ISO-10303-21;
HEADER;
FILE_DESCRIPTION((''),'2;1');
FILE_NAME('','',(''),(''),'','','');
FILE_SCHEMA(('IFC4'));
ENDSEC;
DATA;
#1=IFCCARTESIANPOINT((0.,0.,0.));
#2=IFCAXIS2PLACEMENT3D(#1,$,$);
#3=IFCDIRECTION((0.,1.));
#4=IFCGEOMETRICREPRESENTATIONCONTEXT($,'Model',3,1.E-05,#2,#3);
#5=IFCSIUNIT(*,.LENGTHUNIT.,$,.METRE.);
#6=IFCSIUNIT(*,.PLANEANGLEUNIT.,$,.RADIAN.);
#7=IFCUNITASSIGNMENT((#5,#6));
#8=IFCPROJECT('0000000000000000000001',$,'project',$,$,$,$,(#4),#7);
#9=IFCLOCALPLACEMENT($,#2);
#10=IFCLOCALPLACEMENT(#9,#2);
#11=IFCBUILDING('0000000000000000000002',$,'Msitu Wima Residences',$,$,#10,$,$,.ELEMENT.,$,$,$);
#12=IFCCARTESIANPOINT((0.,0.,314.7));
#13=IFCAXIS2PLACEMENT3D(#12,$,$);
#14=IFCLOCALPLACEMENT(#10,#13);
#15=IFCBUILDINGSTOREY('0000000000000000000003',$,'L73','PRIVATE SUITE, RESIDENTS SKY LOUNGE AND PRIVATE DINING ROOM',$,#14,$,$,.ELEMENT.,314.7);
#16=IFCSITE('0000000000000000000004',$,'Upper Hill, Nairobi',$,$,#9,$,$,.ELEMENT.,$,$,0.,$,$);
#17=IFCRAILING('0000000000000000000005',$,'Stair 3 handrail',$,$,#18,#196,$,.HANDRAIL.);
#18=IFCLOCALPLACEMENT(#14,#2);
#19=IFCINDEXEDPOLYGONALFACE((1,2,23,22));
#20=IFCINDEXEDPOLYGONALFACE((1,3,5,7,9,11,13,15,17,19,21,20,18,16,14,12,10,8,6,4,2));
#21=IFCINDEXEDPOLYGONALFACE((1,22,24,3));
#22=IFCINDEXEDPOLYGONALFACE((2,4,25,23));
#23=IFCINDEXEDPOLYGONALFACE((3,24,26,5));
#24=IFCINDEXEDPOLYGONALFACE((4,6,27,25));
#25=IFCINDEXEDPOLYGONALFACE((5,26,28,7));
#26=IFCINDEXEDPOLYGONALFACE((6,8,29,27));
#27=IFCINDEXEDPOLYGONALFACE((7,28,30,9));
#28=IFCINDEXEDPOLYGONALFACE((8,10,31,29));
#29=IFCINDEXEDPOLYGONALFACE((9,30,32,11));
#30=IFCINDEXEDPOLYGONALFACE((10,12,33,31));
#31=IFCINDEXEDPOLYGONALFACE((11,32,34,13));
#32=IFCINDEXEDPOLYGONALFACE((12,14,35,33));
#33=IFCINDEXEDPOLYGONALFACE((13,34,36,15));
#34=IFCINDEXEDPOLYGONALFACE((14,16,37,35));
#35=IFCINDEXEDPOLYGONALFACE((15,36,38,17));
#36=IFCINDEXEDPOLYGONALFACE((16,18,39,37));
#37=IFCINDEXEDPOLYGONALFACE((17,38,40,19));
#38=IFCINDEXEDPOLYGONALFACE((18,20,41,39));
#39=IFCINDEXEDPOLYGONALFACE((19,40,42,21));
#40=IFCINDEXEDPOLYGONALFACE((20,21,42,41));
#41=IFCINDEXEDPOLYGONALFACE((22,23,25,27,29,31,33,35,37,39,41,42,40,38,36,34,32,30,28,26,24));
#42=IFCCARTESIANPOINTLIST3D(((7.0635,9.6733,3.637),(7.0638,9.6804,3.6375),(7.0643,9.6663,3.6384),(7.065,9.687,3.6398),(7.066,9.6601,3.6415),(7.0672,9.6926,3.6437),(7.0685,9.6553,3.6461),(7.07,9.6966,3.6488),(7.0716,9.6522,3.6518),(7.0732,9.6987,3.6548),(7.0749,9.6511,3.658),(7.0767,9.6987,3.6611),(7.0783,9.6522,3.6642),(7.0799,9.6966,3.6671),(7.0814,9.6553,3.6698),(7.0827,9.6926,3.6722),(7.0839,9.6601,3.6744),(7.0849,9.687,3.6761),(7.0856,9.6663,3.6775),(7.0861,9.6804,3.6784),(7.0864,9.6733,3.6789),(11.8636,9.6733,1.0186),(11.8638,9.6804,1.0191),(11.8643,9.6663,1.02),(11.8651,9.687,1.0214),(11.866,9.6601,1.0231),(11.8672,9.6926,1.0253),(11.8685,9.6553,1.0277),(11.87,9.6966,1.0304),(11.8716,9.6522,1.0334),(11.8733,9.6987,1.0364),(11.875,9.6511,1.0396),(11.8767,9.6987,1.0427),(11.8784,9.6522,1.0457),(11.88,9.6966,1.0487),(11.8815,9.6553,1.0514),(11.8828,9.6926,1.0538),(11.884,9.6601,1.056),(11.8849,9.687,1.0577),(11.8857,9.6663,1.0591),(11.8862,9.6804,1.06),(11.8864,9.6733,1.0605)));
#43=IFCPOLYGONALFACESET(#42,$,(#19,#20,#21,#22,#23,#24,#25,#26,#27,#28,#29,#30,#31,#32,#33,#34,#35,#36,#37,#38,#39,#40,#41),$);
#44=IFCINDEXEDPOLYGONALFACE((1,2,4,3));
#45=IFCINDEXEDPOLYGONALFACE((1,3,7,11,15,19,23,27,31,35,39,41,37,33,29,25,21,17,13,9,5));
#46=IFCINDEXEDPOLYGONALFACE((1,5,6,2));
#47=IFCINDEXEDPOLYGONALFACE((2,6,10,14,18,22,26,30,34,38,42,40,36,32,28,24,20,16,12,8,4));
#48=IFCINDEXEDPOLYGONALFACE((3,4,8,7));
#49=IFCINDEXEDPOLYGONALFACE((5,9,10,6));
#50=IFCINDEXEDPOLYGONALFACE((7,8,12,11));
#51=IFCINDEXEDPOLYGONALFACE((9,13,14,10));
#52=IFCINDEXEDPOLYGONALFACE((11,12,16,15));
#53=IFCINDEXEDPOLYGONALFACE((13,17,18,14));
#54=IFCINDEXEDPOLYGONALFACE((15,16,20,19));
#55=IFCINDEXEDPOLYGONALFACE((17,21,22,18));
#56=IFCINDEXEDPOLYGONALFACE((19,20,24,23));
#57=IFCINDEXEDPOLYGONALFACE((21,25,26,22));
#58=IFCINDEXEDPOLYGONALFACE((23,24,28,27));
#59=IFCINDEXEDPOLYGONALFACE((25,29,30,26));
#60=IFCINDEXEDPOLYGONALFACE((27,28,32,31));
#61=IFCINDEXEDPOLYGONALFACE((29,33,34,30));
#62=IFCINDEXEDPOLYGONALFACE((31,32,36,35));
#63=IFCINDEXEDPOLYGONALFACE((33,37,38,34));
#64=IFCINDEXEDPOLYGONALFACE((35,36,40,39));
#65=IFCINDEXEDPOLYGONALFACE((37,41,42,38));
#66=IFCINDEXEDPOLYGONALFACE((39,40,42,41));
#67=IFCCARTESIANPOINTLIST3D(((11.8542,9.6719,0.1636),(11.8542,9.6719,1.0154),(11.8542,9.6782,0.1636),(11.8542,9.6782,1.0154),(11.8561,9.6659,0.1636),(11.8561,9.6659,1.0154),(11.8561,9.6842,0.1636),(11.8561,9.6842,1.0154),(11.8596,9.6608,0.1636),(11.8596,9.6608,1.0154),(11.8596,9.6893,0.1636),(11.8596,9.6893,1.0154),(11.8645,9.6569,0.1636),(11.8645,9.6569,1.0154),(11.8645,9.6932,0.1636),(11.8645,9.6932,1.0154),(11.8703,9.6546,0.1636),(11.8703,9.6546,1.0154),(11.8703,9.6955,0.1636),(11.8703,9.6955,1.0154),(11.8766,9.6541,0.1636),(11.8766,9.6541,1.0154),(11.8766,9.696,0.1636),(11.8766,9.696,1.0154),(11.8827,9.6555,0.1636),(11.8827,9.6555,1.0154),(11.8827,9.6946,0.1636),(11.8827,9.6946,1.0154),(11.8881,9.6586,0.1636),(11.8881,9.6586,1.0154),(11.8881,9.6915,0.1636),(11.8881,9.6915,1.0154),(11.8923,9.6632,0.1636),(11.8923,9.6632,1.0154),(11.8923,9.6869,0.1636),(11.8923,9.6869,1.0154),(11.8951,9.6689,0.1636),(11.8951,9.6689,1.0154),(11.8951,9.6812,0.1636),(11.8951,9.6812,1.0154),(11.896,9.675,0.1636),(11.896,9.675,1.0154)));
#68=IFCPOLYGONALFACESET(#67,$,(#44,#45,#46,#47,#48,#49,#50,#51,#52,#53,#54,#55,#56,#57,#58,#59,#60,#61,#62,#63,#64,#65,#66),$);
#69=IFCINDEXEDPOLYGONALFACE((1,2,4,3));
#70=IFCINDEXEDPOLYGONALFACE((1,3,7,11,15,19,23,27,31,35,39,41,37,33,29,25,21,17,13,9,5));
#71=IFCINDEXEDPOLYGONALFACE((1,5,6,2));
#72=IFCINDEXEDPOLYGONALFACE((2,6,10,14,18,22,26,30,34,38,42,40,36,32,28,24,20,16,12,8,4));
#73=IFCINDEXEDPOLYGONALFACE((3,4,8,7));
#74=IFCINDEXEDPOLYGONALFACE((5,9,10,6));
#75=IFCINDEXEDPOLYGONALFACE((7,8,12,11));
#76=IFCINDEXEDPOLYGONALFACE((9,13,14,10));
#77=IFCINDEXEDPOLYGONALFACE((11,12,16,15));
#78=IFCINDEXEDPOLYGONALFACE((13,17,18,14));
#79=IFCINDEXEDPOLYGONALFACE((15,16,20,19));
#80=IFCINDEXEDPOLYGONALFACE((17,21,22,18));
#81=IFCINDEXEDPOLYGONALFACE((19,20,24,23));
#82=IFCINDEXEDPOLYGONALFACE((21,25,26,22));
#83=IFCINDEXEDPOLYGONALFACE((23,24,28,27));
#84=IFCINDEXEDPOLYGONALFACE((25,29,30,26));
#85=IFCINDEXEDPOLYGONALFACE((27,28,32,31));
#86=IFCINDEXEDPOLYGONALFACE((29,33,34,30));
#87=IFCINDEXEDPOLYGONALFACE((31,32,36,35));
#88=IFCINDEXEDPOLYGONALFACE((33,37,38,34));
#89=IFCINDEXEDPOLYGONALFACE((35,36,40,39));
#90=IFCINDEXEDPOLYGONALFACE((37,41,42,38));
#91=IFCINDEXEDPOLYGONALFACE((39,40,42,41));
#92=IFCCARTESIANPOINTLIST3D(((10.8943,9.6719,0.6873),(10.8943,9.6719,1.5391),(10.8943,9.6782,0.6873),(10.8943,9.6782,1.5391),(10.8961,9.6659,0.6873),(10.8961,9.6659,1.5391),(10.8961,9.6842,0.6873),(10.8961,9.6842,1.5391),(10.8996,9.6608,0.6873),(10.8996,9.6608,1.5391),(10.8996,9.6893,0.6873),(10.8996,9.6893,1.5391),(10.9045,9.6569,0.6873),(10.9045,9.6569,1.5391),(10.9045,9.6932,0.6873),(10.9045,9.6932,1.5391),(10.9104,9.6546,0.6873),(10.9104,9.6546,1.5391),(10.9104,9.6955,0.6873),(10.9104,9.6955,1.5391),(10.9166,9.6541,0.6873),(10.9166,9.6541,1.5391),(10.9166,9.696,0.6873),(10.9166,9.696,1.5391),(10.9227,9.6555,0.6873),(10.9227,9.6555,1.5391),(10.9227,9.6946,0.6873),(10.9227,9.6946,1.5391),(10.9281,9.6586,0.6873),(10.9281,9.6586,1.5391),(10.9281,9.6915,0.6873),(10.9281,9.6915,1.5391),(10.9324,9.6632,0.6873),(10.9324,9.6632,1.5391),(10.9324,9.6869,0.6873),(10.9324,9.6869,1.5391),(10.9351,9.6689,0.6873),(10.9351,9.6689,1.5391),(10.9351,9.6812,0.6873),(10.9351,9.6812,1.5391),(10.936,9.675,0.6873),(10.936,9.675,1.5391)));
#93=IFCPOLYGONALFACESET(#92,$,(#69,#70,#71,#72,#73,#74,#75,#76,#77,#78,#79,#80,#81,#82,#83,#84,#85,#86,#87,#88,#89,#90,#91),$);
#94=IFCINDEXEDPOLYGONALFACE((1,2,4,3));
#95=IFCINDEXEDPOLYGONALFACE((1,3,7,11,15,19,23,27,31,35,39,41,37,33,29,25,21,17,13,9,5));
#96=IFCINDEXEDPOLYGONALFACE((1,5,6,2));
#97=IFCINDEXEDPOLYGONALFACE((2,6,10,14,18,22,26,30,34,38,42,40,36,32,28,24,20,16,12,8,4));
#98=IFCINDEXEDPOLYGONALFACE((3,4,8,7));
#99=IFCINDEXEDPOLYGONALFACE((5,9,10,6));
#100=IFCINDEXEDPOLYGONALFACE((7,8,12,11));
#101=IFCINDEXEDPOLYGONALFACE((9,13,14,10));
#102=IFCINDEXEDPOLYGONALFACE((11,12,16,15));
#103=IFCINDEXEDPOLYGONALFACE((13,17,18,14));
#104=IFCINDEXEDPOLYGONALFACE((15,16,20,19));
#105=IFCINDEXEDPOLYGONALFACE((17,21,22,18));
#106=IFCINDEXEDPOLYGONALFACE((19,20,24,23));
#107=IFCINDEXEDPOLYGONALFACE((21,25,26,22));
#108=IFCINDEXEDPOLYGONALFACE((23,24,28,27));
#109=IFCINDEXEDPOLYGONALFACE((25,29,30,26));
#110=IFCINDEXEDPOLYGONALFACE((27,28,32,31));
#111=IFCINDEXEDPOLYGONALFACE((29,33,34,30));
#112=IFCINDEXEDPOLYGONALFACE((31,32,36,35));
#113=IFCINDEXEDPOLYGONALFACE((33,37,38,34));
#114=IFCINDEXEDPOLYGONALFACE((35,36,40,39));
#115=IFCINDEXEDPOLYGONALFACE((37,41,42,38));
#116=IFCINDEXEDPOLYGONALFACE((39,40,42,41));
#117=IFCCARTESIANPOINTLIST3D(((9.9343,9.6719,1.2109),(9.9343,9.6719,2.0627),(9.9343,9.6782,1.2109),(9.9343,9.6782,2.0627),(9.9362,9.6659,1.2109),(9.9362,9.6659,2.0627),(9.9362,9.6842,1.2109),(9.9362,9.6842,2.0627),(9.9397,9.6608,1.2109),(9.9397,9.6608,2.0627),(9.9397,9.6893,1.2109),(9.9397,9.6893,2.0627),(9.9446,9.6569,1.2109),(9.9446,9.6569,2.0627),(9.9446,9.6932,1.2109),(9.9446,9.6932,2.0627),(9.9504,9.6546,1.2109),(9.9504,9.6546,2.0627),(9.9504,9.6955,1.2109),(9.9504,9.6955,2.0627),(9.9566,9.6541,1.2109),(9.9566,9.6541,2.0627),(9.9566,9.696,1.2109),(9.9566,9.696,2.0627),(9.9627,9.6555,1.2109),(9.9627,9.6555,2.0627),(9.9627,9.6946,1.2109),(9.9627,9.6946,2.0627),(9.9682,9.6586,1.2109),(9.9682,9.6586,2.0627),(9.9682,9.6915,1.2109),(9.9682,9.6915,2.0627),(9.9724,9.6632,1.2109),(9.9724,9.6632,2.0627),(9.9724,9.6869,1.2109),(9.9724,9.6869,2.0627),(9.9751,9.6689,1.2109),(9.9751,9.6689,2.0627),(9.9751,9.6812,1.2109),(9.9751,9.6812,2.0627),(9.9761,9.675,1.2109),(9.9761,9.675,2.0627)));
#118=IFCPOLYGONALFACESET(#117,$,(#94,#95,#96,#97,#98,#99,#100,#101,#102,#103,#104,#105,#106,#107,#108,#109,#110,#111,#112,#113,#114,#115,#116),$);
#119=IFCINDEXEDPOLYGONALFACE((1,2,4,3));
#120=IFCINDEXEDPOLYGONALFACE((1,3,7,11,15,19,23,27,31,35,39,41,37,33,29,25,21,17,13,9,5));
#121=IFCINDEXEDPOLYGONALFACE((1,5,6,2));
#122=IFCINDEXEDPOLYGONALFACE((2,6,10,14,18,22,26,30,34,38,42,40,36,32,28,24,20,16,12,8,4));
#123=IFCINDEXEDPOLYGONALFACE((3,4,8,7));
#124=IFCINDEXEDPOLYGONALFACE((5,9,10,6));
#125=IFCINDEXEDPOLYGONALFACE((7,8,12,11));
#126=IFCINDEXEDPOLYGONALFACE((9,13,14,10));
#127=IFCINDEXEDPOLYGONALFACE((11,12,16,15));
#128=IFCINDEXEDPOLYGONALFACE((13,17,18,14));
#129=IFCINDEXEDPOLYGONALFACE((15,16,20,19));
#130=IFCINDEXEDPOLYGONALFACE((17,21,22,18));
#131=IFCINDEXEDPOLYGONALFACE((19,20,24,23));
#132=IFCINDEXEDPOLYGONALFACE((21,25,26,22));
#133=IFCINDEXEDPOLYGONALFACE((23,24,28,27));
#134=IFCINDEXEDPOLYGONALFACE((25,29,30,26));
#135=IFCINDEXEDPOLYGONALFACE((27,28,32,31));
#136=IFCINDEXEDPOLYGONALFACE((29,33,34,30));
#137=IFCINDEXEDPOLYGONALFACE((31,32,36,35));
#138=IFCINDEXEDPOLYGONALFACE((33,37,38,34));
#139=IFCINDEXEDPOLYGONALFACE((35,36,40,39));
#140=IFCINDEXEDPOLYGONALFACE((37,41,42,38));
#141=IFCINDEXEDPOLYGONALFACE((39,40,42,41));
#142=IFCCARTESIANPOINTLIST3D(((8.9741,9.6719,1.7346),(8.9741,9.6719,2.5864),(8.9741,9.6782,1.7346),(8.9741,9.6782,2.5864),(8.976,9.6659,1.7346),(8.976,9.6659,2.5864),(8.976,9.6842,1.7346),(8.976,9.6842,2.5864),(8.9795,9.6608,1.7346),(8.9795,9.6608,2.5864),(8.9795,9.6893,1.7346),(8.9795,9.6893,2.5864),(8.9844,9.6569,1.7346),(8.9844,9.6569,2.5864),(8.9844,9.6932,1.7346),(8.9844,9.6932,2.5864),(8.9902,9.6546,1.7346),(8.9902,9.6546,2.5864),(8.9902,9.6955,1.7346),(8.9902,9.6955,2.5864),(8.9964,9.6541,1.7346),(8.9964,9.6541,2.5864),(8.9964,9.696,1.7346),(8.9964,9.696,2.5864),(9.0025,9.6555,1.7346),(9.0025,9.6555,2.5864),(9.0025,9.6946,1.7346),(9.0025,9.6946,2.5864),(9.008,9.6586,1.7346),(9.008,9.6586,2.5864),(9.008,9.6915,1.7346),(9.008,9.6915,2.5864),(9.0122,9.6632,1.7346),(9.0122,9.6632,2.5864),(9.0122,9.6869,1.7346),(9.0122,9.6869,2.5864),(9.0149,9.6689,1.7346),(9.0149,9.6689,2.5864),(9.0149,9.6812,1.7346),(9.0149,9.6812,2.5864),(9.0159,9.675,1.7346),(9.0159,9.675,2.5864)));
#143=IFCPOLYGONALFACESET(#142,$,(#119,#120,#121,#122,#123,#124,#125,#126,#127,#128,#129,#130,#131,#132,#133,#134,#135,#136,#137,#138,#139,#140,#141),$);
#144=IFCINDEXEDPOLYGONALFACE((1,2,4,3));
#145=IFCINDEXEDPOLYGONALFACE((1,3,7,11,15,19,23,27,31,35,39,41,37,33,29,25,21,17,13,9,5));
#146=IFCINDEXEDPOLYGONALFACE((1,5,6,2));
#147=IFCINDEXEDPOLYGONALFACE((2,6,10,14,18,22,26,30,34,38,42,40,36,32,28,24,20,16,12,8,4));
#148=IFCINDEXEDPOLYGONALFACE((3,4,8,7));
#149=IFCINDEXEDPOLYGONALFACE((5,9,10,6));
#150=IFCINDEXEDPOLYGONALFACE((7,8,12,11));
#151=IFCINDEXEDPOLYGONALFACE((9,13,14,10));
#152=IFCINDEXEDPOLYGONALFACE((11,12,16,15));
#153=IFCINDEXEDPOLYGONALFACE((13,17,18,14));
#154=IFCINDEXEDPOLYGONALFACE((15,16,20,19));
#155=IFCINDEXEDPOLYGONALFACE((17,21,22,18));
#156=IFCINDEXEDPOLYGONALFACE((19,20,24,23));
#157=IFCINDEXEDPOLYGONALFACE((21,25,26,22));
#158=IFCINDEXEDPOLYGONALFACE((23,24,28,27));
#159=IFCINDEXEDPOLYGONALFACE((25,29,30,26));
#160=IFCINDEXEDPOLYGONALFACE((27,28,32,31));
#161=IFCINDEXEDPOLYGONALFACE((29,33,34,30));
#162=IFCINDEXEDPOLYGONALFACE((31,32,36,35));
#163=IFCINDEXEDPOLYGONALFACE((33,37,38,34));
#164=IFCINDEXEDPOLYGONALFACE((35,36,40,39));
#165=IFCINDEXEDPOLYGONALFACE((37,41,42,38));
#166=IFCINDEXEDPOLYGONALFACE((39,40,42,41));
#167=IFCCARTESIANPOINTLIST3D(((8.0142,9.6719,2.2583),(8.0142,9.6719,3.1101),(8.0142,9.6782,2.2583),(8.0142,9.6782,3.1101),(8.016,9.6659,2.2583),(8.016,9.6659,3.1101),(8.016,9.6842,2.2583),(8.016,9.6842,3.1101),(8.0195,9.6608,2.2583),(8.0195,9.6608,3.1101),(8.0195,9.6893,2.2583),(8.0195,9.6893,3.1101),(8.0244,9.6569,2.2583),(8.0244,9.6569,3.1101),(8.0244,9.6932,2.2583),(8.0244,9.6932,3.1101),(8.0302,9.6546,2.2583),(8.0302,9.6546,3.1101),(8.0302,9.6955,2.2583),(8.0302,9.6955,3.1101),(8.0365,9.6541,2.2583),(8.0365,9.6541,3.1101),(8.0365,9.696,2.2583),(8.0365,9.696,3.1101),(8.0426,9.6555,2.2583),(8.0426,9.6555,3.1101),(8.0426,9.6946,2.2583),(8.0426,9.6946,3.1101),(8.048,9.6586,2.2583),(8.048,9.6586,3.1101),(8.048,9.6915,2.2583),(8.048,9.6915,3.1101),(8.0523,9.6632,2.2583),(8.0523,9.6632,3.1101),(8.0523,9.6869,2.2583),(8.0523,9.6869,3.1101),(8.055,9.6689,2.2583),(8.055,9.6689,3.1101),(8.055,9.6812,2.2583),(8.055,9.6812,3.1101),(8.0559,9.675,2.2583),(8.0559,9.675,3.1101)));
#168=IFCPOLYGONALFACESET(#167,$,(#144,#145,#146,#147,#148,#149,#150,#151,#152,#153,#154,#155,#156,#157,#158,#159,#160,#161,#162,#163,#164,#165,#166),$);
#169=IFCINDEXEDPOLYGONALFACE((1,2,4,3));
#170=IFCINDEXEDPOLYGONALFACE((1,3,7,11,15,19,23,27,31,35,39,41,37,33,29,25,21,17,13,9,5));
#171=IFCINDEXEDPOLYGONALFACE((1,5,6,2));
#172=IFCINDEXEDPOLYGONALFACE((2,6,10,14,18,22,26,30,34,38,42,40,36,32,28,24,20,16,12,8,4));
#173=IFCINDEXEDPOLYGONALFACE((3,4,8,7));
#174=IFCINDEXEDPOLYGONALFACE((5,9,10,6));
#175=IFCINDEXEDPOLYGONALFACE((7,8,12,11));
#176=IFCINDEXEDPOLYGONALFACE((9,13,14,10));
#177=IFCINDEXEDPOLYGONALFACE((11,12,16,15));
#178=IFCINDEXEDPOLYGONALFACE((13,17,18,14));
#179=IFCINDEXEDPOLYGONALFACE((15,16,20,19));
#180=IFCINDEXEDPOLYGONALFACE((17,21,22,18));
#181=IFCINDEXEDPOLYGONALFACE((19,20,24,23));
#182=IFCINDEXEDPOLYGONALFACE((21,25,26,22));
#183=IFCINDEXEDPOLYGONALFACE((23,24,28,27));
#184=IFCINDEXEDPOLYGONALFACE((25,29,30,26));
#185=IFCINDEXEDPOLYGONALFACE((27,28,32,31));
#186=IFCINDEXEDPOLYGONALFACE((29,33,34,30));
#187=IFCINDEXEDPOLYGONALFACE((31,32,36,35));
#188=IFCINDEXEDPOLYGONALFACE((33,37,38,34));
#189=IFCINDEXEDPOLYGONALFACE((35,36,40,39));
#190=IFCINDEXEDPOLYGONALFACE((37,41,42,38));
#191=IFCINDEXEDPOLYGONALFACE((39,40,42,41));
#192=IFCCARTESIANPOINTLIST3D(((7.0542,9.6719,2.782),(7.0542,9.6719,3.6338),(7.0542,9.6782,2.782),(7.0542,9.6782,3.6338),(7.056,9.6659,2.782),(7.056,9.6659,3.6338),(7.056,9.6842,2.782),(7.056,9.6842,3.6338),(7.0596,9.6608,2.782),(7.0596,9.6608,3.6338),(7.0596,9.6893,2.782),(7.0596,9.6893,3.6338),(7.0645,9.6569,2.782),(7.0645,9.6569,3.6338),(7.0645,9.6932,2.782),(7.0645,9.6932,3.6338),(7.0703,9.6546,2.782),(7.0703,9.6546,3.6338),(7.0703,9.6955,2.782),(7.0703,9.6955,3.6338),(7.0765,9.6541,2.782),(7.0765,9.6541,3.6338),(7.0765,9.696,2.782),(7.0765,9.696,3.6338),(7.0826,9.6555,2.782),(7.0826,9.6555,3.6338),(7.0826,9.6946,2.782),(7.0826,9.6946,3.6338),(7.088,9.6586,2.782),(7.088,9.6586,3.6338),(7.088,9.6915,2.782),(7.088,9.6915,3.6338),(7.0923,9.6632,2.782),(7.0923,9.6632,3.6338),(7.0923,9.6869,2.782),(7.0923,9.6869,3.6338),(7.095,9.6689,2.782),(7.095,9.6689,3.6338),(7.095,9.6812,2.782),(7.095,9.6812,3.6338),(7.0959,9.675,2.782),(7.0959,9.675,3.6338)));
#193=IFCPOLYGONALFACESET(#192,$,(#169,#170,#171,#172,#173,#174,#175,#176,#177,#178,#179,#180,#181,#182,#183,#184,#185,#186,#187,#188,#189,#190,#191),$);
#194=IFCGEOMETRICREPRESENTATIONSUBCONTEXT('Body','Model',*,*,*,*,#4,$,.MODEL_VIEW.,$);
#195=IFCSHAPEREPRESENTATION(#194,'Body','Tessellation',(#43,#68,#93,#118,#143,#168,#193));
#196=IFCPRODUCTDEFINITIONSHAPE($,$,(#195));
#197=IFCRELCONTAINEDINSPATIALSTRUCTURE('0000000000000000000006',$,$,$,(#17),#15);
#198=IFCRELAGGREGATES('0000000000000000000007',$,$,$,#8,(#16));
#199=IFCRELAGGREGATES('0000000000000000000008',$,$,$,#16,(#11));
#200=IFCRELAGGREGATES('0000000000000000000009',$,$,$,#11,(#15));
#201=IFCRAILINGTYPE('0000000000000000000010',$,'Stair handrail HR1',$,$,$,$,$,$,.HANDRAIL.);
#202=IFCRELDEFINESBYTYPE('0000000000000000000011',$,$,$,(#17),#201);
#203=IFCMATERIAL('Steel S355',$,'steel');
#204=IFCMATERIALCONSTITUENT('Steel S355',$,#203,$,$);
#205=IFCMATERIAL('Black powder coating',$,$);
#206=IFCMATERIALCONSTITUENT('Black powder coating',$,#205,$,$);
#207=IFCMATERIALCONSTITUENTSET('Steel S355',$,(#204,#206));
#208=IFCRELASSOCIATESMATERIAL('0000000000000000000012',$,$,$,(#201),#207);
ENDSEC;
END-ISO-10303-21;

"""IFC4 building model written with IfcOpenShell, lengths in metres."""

from ifc_helpers import new_model, si_unit, direction, frame, origin, origin_2d, place, context, subcontext, project, spatial, circle, extrude, material, constituent, constituent_set, type_object, element, save


model = new_model("IFC4")

# Units and contexts
model_context = context("Model", 3, precision=1e-05, world=origin(), true_north=direction((0.0, 1.0)))
body_context = subcontext(model_context, "Body", "Model", "MODEL_VIEW")
ifc_project = project(units=[si_unit("LENGTHUNIT", "METRE"), si_unit("PLANEANGLEUNIT", "RADIAN")], contexts=[model_context])

# Site, building, storey
site_placement = place(None, origin())
site = spatial("IfcSite", under=ifc_project, at=site_placement, Name="Upper Hill, Nairobi", CompositionType="ELEMENT", RefElevation=0.0)
building_placement = place(site_placement, origin())
building = spatial("IfcBuilding", under=site, at=building_placement, Name="Msitu Wima Residences", CompositionType="ELEMENT")
storey_placement = place(building_placement, frame((0.0, 0.0, 314.7)))
storey = spatial("IfcBuildingStorey", under=building, at=storey_placement, Name="L73", Description="PRIVATE SUITE, RESIDENTS SKY LOUNGE AND PRIVATE DINING ROOM", CompositionType="ELEMENT", Elevation=314.7)

# Railing
ifc_material_1 = material(Name="Steel S355", Category="steel")
ifc_constituent_1 = constituent(ifc_material_1, Name="Steel S355")
ifc_material_2 = material(Name="Black powder coating")
ifc_constituent_2 = constituent(ifc_material_2, Name="Black powder coating")
ifc_constituent_set = constituent_set(constituents=[ifc_constituent_1, ifc_constituent_2], Name="Steel S355")
railing_type = type_object("IfcRailingType", Name="Stair handrail HR1", PredefinedType="HANDRAIL", material=ifc_constituent_set)
railing_placement = place(storey_placement, frame((11.875, 9.675, 0.1636)))
element("IfcRailing", 1, at=railing_placement, inside=storey, type_object=railing_type, Name="Stair 3 handrail", PredefinedType="HANDRAIL", context=body_context, shape_type="SweptSolid", body=[
    extrude(circle(Radius=0.0239, at=origin_2d()), frame((0.0, 0.0, 0.876), z_axis=(-0.87788, 0.0, 0.47888), x_axis=(0.0, -1.0, 0.0)), (0.0, 0.0, 1.0), 5.4678),
    extrude(circle(Radius=0.021, at=origin_2d()), origin(), (0.0, 0.0, 1.0), 0.8518),
    extrude(circle(Radius=0.021, at=origin_2d()), frame((-0.96, 0.0, 0.5237)), (0.0, 0.0, 1.0), 0.8518),
    extrude(circle(Radius=0.021, at=origin_2d()), frame((-1.9199, 0.0, 1.0474)), (0.0, 0.0, 1.0), 0.8518),
    extrude(circle(Radius=0.021, at=origin_2d()), frame((-2.8801, 0.0, 1.571)), (0.0, 0.0, 1.0), 0.8518),
    extrude(circle(Radius=0.021, at=origin_2d()), frame((-3.8401, 0.0, 2.0947)), (0.0, 0.0, 1.0), 0.8518),
    extrude(circle(Radius=0.021, at=origin_2d()), frame((-4.8, 0.0, 2.6184)), (0.0, 0.0, 1.0), 0.8518),
])

save(model, "model.ifc")
